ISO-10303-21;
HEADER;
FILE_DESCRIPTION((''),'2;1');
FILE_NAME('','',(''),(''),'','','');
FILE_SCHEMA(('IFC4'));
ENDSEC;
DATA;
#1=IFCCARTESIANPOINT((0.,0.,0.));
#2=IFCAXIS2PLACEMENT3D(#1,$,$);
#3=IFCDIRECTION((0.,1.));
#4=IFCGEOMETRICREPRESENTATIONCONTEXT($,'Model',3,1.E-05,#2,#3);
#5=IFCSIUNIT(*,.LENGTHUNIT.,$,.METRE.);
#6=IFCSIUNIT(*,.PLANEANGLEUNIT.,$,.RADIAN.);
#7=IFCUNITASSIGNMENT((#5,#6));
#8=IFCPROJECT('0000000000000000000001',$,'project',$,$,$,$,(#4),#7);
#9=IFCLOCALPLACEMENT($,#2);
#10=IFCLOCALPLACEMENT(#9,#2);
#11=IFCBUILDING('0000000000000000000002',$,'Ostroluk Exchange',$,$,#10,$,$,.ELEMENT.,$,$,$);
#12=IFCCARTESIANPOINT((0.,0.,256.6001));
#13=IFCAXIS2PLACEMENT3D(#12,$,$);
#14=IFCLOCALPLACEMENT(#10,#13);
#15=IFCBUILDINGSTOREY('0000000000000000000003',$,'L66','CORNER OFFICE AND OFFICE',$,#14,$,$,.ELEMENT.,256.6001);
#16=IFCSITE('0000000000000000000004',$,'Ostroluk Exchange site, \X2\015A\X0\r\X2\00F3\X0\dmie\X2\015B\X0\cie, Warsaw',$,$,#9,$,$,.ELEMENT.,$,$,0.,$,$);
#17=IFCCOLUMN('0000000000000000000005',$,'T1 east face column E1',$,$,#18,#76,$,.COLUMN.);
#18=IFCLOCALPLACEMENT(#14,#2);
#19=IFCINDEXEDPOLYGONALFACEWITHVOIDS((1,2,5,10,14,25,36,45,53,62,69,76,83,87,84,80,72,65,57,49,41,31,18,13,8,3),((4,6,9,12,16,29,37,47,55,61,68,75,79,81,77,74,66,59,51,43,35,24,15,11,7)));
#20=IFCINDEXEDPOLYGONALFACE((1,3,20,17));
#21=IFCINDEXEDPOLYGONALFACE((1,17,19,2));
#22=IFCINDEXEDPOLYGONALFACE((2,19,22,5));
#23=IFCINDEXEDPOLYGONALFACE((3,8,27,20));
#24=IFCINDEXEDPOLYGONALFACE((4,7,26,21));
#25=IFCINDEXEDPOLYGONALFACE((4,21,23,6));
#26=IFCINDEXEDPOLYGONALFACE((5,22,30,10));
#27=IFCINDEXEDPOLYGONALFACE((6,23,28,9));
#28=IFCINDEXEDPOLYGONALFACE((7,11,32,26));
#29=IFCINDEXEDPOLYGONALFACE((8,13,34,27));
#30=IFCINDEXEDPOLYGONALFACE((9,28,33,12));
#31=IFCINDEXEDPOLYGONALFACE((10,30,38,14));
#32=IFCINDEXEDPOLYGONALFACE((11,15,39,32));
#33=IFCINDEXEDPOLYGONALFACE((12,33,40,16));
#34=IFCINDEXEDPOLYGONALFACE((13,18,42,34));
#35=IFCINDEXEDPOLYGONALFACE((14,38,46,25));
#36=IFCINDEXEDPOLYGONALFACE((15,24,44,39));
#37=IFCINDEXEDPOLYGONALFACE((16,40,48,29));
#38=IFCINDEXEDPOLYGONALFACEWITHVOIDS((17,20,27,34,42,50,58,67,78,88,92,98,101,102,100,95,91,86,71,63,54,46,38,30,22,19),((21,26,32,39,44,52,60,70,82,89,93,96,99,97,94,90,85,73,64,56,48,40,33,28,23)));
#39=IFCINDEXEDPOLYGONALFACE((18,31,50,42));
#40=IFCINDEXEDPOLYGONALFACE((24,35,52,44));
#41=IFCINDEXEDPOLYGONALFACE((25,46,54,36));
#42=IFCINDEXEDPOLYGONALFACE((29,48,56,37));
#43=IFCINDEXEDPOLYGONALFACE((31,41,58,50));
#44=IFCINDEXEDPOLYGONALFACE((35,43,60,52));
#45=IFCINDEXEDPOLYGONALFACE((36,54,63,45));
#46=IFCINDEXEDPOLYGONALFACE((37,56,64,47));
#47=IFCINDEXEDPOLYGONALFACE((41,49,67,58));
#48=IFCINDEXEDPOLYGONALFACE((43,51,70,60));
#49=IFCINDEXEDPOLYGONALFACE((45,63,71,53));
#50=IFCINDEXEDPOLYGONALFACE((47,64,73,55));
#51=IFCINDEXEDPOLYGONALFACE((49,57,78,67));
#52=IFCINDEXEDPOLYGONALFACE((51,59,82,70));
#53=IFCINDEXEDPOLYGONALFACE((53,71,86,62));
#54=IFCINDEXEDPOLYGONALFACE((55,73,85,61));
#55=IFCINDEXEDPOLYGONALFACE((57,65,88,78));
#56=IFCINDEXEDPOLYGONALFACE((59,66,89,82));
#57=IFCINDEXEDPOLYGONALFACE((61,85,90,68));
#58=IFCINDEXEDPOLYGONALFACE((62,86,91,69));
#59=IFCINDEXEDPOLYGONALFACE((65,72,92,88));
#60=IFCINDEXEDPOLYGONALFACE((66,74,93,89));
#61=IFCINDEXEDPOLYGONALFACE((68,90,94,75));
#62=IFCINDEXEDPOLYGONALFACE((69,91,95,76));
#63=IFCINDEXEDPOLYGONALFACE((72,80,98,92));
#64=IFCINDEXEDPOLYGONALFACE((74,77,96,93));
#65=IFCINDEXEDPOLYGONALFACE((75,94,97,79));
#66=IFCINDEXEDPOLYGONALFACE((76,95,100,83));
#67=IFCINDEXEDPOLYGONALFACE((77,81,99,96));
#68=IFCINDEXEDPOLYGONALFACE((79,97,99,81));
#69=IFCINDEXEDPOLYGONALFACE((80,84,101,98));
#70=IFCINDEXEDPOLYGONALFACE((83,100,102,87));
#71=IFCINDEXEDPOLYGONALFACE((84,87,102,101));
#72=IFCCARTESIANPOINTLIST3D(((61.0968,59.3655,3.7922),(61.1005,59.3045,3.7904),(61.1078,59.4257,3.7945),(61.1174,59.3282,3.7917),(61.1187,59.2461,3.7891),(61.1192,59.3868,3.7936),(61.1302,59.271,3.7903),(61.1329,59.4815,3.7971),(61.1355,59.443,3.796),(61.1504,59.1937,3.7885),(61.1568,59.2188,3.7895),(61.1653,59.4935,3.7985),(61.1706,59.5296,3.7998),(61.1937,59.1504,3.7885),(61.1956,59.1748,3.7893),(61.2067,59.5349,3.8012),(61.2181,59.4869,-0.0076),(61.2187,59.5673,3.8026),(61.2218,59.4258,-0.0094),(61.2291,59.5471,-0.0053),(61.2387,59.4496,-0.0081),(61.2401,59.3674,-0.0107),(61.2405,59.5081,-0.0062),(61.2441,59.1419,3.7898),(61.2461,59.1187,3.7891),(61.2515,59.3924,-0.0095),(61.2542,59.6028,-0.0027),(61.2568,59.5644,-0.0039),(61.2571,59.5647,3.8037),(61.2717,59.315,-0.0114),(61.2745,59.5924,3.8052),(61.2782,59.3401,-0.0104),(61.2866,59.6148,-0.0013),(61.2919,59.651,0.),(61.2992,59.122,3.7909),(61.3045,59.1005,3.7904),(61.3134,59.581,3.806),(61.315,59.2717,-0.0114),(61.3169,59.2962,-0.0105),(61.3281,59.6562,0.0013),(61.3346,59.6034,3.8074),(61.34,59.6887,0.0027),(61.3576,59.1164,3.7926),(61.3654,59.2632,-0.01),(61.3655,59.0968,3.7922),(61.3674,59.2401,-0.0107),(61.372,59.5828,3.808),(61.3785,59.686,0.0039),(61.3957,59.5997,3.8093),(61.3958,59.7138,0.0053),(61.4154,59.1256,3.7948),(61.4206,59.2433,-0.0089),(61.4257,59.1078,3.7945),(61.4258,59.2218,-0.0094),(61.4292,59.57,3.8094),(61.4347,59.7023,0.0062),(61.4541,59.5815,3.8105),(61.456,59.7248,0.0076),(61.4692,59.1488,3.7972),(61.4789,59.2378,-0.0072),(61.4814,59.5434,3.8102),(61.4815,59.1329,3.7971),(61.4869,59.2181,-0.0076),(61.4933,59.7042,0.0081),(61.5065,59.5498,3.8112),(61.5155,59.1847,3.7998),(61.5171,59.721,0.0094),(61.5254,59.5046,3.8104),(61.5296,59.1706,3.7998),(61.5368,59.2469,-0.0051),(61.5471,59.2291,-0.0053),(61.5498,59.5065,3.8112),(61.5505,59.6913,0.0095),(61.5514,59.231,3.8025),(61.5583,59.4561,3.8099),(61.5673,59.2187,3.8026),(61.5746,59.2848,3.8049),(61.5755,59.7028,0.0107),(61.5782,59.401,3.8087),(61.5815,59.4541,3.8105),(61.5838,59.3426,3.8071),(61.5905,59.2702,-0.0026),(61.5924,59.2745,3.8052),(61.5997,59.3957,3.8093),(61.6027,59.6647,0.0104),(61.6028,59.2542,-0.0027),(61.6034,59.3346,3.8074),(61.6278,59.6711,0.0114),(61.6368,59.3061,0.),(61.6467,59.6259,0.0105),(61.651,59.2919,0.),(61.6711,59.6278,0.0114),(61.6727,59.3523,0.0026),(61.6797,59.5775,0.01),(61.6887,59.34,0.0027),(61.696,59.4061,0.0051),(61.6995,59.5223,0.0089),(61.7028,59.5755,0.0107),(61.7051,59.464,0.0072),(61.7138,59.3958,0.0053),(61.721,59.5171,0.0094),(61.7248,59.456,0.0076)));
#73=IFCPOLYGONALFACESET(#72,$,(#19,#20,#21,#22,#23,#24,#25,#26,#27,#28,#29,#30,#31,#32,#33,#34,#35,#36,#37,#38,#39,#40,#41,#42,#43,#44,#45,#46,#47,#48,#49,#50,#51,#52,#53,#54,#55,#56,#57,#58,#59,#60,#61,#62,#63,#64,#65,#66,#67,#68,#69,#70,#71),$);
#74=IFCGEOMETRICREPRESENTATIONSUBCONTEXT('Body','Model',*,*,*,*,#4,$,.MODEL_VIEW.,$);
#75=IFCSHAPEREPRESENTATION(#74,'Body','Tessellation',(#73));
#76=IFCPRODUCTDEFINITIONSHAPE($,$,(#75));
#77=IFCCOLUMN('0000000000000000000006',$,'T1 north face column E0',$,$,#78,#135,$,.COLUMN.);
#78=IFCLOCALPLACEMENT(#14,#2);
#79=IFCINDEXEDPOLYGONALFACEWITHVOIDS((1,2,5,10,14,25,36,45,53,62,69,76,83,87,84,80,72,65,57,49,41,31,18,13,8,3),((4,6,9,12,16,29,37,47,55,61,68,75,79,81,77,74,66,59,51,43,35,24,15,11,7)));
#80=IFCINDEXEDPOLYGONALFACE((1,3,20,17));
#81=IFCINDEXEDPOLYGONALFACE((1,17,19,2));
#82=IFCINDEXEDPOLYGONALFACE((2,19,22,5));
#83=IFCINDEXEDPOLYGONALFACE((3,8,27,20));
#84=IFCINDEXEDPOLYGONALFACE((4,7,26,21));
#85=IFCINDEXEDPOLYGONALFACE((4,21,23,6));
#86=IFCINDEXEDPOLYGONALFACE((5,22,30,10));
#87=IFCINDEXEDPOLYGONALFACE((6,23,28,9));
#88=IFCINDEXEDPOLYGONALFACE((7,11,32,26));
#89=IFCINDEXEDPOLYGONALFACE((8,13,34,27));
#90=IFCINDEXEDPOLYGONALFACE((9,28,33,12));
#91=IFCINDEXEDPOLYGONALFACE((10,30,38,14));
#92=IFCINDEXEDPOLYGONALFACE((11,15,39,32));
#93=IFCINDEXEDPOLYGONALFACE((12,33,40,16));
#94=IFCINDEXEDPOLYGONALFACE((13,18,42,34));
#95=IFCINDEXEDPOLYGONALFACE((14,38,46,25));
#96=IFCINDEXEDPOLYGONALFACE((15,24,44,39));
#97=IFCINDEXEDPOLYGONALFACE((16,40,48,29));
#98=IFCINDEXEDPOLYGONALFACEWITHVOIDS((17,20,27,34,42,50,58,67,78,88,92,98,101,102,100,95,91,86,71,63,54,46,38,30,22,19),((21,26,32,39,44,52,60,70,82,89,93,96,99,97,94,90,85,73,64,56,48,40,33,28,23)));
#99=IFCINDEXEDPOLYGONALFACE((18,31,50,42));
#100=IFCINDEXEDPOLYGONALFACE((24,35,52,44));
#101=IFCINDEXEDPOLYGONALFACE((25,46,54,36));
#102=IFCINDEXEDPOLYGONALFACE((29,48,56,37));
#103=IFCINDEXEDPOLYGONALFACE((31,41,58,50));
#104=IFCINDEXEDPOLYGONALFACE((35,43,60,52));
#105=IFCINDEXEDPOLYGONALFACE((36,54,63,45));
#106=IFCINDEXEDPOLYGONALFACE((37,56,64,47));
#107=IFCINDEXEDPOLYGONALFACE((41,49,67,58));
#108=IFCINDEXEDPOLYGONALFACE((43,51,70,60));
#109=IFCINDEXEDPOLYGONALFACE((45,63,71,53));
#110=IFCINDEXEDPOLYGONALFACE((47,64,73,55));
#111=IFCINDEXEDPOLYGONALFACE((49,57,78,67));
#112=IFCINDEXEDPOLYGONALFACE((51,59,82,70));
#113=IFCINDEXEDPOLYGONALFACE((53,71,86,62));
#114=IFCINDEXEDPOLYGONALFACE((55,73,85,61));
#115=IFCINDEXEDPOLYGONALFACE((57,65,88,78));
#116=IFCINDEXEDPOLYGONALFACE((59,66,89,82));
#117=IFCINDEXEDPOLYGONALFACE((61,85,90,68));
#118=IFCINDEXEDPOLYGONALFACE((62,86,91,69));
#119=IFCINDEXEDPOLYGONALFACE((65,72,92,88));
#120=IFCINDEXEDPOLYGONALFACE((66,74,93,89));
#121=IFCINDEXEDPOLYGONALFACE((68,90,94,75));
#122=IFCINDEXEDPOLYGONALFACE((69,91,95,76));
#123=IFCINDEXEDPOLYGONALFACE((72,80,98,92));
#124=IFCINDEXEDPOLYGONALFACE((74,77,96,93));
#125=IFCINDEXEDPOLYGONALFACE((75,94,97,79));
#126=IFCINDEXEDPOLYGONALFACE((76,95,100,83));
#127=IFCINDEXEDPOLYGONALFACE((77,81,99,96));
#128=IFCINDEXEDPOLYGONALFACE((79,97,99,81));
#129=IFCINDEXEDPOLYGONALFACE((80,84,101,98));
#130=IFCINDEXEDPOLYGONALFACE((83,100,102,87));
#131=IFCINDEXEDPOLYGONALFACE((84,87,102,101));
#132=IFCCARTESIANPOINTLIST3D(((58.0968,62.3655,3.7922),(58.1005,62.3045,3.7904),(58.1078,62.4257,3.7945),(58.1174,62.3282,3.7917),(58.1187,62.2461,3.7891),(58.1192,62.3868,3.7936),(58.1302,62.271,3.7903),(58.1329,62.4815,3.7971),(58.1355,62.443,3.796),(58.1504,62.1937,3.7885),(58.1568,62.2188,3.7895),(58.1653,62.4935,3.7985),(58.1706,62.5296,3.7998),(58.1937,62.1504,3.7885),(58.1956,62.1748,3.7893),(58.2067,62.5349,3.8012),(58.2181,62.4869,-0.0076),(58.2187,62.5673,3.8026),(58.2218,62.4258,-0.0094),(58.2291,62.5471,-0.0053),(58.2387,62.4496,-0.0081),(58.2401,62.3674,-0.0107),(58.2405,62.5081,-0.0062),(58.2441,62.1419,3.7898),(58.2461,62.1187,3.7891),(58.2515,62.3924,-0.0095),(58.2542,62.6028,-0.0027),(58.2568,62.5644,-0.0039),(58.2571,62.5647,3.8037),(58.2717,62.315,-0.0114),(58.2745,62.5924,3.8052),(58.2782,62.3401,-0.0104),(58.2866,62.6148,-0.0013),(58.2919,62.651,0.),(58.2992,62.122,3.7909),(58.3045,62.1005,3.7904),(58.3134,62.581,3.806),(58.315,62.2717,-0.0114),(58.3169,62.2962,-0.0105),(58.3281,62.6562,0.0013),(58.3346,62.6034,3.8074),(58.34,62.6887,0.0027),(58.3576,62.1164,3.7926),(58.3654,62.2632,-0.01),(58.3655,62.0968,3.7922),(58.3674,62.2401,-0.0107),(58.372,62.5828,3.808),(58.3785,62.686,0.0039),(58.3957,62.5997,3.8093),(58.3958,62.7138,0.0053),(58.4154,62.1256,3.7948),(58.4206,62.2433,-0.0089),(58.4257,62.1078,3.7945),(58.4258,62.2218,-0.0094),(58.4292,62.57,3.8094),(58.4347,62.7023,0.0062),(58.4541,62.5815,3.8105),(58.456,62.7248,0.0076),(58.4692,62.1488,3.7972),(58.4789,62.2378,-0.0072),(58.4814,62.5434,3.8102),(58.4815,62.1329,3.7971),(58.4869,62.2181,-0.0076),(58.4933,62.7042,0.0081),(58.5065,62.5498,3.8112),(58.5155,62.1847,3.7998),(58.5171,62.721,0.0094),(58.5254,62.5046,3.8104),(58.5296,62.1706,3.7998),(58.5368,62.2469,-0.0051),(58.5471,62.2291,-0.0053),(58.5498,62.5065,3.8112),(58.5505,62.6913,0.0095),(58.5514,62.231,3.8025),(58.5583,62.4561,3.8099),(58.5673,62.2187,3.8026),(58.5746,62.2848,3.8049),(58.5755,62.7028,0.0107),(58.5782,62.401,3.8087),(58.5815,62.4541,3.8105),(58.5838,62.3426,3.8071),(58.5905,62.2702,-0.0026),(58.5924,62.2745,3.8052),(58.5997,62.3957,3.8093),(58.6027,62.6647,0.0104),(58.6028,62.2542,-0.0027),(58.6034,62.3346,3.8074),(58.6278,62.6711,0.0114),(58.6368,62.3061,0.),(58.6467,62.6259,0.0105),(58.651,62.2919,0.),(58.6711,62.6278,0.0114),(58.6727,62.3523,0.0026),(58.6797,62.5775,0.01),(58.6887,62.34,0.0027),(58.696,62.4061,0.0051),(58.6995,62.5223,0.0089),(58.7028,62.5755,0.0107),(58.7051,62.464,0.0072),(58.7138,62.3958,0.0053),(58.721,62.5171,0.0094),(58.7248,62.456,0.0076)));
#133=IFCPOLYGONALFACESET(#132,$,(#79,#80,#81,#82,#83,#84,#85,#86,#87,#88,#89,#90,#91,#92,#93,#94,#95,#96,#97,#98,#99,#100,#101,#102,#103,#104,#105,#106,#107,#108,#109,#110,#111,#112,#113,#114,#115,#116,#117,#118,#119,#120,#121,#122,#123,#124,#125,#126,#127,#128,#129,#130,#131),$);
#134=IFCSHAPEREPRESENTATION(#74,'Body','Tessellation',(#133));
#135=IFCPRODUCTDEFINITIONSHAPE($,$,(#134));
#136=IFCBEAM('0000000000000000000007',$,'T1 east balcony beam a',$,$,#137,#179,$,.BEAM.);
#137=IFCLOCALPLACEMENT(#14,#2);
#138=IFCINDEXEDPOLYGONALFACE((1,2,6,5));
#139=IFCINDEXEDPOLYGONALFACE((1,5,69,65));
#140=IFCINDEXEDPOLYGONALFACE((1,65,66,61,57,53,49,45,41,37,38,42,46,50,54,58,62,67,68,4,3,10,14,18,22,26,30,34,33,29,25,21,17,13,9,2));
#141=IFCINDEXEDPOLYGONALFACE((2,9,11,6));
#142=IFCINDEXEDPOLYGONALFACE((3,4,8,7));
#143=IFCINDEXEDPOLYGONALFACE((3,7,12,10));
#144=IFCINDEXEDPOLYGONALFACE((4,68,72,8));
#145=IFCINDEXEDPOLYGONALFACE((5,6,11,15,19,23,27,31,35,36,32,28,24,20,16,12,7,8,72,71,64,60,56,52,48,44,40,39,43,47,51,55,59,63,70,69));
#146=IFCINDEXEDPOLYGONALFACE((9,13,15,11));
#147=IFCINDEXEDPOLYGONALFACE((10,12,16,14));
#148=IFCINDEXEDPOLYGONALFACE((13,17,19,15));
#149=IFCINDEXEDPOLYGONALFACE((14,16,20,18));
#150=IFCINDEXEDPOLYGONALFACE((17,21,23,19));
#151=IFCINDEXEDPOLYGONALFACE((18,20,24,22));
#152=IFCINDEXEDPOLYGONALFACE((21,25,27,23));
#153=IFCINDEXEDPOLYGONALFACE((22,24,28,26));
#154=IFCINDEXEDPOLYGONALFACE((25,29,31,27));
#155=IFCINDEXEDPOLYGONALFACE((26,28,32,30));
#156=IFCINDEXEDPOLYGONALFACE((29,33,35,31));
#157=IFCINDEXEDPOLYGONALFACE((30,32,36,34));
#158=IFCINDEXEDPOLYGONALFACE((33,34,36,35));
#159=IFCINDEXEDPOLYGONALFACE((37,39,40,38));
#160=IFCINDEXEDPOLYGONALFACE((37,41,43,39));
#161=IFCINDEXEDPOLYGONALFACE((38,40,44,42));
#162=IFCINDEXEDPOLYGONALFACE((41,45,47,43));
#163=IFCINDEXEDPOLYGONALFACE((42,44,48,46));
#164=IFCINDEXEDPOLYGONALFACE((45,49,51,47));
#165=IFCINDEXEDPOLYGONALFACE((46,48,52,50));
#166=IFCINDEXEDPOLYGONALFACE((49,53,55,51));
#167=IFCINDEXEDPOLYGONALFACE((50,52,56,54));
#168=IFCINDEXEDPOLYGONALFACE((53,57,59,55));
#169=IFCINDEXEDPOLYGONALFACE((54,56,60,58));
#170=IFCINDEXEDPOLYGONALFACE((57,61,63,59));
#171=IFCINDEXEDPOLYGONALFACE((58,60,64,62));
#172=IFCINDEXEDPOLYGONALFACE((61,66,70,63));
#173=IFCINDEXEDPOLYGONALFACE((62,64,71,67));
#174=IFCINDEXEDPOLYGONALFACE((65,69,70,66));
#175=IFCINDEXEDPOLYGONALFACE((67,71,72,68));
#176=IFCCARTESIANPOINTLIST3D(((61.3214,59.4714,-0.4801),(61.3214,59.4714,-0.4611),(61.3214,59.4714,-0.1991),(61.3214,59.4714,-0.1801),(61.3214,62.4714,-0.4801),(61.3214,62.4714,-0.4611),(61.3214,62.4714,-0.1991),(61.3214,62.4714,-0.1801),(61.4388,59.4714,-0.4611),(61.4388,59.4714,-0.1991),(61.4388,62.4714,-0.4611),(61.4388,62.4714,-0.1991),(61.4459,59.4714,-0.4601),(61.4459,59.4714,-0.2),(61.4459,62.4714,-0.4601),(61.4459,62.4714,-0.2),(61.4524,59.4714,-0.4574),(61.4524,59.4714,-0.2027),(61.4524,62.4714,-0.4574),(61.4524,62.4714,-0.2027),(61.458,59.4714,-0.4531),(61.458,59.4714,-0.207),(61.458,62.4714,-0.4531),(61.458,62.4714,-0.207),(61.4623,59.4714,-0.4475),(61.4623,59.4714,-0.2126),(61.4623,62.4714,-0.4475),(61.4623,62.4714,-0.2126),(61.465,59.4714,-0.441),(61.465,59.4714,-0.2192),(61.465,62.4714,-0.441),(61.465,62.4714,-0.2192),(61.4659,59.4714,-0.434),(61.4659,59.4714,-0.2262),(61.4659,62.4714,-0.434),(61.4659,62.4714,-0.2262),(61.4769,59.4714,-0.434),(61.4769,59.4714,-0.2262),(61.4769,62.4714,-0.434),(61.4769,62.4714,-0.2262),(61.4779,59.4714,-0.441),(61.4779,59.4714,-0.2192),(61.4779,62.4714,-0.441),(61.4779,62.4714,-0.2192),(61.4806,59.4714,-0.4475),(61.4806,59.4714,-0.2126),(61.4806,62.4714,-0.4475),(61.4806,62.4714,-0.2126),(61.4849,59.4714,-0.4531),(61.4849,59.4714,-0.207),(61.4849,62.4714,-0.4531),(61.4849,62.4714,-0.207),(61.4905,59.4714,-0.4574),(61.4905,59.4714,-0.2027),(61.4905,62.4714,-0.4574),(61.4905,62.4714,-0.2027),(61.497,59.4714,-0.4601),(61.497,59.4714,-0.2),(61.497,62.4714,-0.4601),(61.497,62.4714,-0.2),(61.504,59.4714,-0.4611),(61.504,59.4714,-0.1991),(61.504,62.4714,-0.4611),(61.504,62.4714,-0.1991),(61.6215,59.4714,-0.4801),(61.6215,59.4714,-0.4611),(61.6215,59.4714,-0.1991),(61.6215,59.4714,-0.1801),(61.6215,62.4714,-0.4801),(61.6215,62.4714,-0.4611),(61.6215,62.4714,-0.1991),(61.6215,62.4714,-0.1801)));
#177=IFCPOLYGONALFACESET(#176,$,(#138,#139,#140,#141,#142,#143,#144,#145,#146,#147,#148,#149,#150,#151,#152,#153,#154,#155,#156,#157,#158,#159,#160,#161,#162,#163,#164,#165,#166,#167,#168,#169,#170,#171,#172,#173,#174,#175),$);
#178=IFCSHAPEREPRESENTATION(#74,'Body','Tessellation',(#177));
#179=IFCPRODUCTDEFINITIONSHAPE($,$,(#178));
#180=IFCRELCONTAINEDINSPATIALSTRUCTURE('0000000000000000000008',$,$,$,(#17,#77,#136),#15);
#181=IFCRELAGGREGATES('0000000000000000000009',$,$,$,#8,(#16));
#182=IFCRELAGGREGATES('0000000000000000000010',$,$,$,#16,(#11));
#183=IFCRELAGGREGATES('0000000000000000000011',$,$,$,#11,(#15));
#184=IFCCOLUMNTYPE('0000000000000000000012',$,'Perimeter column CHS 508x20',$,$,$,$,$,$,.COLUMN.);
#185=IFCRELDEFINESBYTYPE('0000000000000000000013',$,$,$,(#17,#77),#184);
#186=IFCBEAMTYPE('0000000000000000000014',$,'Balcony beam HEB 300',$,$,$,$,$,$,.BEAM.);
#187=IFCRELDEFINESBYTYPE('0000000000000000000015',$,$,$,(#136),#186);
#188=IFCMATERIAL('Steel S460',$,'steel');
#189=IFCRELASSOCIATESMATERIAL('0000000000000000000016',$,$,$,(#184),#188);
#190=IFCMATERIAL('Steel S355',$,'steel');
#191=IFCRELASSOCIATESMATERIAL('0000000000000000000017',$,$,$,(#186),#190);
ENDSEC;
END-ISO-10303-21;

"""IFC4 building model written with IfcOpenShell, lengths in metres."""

from ifc_helpers import new_model, si_unit, direction, frame, origin, origin_2d, place, context, subcontext, project, spatial, hollow_circle, i_section, extrude, material, material_profile, profile_set, type_object, element, save


model = new_model("IFC4")

# Units and contexts
model_context = context("Model", 3, precision=1e-05, world=origin(), true_north=direction((0.0, 1.0)))
body_context = subcontext(model_context, "Body", "Model", "MODEL_VIEW")
ifc_project = project(units=[si_unit("LENGTHUNIT", "METRE"), si_unit("PLANEANGLEUNIT", "RADIAN")], contexts=[model_context])

# Site, building, storey
site_placement = place(None, origin())
site = spatial("IfcSite", under=ifc_project, at=site_placement, Name="Ostroluk Exchange site, Śródmieście, Warsaw", CompositionType="ELEMENT", RefElevation=0.0)
building_placement = place(site_placement, origin())
building = spatial("IfcBuilding", under=site, at=building_placement, Name="Ostroluk Exchange", CompositionType="ELEMENT")
storey_placement = place(building_placement, frame((0.0, 0.0, 256.6001)))
storey = spatial("IfcBuildingStorey", under=building, at=storey_placement, Name="L66", Description="CORNER OFFICE AND OFFICE", CompositionType="ELEMENT", Elevation=256.6001)

# Columns
ifc_material_1 = material(Name="Steel S460", Category="steel")
ifc_material_profile_1 = material_profile(ifc_material_1, hollow_circle(Radius=0.2539, WallThickness=0.02, at=origin_2d()), Name="CHS 508x20")
ifc_profile_set_1 = profile_set([ifc_material_profile_1], Name="Steel S460")
column_type = type_object("IfcColumnType", Name="Perimeter column CHS 508x20", PredefinedType="COLUMN", material=ifc_profile_set_1)
for number, where, z_axis, x_axis, name in (
    (1, (61.4714, 59.4714, 0.0), (-0.0319, -0.0319, 0.998982), (0.707107, -0.707107, 0.0), "T1 east face column E1"),
    (2, (58.4714, 62.4714, 0.0), (-0.0319, -0.0319, 0.998982), (0.707107, -0.707107, 0.0), "T1 north face column E0"),
):
    element("IfcColumn", number, at=place(storey_placement, frame(where, z_axis=z_axis, x_axis=x_axis)), inside=storey, type_object=column_type, Name=name, PredefinedType="COLUMN", context=body_context, shape_type="SweptSolid", body=[
        extrude(hollow_circle(Radius=0.2539, WallThickness=0.02, at=origin_2d()), origin(), (0.0, 0.0, 1.0), 3.8037),
    ])

# Beam
ifc_material_2 = material(Name="Steel S355", Category="steel")
ifc_material_profile_2 = material_profile(ifc_material_2, i_section(OverallWidth=0.3, OverallDepth=0.3, WebThickness=0.011, FlangeThickness=0.019, FilletRadius=0.0271, at=origin_2d()), Name="HEB 300")
ifc_profile_set_2 = profile_set([ifc_material_profile_2], Name="Steel S355")
beam_type_1 = type_object("IfcBeamType", Name="Balcony beam HEB 300", PredefinedType="BEAM", material=ifc_profile_set_2)
for number, where, z_axis, x_axis, name in (
    (3, (61.4714, 59.4714, -0.3301), (0.0, 1.0, 0.0), (-1.0, 0.0, 0.0), "T1 east balcony beam a"),
):
    element("IfcBeam", number, at=place(storey_placement, frame(where, z_axis=z_axis, x_axis=x_axis)), inside=storey, type_object=beam_type_1, Name=name, PredefinedType="BEAM", context=body_context, shape_type="SweptSolid", body=[
        extrude(i_section(OverallWidth=0.3, OverallDepth=0.3, WebThickness=0.011, FlangeThickness=0.019, FilletRadius=0.0271, at=origin_2d()), origin(), (0.0, 0.0, 1.0), 3.0),
    ])

save(model, "model.ifc")
